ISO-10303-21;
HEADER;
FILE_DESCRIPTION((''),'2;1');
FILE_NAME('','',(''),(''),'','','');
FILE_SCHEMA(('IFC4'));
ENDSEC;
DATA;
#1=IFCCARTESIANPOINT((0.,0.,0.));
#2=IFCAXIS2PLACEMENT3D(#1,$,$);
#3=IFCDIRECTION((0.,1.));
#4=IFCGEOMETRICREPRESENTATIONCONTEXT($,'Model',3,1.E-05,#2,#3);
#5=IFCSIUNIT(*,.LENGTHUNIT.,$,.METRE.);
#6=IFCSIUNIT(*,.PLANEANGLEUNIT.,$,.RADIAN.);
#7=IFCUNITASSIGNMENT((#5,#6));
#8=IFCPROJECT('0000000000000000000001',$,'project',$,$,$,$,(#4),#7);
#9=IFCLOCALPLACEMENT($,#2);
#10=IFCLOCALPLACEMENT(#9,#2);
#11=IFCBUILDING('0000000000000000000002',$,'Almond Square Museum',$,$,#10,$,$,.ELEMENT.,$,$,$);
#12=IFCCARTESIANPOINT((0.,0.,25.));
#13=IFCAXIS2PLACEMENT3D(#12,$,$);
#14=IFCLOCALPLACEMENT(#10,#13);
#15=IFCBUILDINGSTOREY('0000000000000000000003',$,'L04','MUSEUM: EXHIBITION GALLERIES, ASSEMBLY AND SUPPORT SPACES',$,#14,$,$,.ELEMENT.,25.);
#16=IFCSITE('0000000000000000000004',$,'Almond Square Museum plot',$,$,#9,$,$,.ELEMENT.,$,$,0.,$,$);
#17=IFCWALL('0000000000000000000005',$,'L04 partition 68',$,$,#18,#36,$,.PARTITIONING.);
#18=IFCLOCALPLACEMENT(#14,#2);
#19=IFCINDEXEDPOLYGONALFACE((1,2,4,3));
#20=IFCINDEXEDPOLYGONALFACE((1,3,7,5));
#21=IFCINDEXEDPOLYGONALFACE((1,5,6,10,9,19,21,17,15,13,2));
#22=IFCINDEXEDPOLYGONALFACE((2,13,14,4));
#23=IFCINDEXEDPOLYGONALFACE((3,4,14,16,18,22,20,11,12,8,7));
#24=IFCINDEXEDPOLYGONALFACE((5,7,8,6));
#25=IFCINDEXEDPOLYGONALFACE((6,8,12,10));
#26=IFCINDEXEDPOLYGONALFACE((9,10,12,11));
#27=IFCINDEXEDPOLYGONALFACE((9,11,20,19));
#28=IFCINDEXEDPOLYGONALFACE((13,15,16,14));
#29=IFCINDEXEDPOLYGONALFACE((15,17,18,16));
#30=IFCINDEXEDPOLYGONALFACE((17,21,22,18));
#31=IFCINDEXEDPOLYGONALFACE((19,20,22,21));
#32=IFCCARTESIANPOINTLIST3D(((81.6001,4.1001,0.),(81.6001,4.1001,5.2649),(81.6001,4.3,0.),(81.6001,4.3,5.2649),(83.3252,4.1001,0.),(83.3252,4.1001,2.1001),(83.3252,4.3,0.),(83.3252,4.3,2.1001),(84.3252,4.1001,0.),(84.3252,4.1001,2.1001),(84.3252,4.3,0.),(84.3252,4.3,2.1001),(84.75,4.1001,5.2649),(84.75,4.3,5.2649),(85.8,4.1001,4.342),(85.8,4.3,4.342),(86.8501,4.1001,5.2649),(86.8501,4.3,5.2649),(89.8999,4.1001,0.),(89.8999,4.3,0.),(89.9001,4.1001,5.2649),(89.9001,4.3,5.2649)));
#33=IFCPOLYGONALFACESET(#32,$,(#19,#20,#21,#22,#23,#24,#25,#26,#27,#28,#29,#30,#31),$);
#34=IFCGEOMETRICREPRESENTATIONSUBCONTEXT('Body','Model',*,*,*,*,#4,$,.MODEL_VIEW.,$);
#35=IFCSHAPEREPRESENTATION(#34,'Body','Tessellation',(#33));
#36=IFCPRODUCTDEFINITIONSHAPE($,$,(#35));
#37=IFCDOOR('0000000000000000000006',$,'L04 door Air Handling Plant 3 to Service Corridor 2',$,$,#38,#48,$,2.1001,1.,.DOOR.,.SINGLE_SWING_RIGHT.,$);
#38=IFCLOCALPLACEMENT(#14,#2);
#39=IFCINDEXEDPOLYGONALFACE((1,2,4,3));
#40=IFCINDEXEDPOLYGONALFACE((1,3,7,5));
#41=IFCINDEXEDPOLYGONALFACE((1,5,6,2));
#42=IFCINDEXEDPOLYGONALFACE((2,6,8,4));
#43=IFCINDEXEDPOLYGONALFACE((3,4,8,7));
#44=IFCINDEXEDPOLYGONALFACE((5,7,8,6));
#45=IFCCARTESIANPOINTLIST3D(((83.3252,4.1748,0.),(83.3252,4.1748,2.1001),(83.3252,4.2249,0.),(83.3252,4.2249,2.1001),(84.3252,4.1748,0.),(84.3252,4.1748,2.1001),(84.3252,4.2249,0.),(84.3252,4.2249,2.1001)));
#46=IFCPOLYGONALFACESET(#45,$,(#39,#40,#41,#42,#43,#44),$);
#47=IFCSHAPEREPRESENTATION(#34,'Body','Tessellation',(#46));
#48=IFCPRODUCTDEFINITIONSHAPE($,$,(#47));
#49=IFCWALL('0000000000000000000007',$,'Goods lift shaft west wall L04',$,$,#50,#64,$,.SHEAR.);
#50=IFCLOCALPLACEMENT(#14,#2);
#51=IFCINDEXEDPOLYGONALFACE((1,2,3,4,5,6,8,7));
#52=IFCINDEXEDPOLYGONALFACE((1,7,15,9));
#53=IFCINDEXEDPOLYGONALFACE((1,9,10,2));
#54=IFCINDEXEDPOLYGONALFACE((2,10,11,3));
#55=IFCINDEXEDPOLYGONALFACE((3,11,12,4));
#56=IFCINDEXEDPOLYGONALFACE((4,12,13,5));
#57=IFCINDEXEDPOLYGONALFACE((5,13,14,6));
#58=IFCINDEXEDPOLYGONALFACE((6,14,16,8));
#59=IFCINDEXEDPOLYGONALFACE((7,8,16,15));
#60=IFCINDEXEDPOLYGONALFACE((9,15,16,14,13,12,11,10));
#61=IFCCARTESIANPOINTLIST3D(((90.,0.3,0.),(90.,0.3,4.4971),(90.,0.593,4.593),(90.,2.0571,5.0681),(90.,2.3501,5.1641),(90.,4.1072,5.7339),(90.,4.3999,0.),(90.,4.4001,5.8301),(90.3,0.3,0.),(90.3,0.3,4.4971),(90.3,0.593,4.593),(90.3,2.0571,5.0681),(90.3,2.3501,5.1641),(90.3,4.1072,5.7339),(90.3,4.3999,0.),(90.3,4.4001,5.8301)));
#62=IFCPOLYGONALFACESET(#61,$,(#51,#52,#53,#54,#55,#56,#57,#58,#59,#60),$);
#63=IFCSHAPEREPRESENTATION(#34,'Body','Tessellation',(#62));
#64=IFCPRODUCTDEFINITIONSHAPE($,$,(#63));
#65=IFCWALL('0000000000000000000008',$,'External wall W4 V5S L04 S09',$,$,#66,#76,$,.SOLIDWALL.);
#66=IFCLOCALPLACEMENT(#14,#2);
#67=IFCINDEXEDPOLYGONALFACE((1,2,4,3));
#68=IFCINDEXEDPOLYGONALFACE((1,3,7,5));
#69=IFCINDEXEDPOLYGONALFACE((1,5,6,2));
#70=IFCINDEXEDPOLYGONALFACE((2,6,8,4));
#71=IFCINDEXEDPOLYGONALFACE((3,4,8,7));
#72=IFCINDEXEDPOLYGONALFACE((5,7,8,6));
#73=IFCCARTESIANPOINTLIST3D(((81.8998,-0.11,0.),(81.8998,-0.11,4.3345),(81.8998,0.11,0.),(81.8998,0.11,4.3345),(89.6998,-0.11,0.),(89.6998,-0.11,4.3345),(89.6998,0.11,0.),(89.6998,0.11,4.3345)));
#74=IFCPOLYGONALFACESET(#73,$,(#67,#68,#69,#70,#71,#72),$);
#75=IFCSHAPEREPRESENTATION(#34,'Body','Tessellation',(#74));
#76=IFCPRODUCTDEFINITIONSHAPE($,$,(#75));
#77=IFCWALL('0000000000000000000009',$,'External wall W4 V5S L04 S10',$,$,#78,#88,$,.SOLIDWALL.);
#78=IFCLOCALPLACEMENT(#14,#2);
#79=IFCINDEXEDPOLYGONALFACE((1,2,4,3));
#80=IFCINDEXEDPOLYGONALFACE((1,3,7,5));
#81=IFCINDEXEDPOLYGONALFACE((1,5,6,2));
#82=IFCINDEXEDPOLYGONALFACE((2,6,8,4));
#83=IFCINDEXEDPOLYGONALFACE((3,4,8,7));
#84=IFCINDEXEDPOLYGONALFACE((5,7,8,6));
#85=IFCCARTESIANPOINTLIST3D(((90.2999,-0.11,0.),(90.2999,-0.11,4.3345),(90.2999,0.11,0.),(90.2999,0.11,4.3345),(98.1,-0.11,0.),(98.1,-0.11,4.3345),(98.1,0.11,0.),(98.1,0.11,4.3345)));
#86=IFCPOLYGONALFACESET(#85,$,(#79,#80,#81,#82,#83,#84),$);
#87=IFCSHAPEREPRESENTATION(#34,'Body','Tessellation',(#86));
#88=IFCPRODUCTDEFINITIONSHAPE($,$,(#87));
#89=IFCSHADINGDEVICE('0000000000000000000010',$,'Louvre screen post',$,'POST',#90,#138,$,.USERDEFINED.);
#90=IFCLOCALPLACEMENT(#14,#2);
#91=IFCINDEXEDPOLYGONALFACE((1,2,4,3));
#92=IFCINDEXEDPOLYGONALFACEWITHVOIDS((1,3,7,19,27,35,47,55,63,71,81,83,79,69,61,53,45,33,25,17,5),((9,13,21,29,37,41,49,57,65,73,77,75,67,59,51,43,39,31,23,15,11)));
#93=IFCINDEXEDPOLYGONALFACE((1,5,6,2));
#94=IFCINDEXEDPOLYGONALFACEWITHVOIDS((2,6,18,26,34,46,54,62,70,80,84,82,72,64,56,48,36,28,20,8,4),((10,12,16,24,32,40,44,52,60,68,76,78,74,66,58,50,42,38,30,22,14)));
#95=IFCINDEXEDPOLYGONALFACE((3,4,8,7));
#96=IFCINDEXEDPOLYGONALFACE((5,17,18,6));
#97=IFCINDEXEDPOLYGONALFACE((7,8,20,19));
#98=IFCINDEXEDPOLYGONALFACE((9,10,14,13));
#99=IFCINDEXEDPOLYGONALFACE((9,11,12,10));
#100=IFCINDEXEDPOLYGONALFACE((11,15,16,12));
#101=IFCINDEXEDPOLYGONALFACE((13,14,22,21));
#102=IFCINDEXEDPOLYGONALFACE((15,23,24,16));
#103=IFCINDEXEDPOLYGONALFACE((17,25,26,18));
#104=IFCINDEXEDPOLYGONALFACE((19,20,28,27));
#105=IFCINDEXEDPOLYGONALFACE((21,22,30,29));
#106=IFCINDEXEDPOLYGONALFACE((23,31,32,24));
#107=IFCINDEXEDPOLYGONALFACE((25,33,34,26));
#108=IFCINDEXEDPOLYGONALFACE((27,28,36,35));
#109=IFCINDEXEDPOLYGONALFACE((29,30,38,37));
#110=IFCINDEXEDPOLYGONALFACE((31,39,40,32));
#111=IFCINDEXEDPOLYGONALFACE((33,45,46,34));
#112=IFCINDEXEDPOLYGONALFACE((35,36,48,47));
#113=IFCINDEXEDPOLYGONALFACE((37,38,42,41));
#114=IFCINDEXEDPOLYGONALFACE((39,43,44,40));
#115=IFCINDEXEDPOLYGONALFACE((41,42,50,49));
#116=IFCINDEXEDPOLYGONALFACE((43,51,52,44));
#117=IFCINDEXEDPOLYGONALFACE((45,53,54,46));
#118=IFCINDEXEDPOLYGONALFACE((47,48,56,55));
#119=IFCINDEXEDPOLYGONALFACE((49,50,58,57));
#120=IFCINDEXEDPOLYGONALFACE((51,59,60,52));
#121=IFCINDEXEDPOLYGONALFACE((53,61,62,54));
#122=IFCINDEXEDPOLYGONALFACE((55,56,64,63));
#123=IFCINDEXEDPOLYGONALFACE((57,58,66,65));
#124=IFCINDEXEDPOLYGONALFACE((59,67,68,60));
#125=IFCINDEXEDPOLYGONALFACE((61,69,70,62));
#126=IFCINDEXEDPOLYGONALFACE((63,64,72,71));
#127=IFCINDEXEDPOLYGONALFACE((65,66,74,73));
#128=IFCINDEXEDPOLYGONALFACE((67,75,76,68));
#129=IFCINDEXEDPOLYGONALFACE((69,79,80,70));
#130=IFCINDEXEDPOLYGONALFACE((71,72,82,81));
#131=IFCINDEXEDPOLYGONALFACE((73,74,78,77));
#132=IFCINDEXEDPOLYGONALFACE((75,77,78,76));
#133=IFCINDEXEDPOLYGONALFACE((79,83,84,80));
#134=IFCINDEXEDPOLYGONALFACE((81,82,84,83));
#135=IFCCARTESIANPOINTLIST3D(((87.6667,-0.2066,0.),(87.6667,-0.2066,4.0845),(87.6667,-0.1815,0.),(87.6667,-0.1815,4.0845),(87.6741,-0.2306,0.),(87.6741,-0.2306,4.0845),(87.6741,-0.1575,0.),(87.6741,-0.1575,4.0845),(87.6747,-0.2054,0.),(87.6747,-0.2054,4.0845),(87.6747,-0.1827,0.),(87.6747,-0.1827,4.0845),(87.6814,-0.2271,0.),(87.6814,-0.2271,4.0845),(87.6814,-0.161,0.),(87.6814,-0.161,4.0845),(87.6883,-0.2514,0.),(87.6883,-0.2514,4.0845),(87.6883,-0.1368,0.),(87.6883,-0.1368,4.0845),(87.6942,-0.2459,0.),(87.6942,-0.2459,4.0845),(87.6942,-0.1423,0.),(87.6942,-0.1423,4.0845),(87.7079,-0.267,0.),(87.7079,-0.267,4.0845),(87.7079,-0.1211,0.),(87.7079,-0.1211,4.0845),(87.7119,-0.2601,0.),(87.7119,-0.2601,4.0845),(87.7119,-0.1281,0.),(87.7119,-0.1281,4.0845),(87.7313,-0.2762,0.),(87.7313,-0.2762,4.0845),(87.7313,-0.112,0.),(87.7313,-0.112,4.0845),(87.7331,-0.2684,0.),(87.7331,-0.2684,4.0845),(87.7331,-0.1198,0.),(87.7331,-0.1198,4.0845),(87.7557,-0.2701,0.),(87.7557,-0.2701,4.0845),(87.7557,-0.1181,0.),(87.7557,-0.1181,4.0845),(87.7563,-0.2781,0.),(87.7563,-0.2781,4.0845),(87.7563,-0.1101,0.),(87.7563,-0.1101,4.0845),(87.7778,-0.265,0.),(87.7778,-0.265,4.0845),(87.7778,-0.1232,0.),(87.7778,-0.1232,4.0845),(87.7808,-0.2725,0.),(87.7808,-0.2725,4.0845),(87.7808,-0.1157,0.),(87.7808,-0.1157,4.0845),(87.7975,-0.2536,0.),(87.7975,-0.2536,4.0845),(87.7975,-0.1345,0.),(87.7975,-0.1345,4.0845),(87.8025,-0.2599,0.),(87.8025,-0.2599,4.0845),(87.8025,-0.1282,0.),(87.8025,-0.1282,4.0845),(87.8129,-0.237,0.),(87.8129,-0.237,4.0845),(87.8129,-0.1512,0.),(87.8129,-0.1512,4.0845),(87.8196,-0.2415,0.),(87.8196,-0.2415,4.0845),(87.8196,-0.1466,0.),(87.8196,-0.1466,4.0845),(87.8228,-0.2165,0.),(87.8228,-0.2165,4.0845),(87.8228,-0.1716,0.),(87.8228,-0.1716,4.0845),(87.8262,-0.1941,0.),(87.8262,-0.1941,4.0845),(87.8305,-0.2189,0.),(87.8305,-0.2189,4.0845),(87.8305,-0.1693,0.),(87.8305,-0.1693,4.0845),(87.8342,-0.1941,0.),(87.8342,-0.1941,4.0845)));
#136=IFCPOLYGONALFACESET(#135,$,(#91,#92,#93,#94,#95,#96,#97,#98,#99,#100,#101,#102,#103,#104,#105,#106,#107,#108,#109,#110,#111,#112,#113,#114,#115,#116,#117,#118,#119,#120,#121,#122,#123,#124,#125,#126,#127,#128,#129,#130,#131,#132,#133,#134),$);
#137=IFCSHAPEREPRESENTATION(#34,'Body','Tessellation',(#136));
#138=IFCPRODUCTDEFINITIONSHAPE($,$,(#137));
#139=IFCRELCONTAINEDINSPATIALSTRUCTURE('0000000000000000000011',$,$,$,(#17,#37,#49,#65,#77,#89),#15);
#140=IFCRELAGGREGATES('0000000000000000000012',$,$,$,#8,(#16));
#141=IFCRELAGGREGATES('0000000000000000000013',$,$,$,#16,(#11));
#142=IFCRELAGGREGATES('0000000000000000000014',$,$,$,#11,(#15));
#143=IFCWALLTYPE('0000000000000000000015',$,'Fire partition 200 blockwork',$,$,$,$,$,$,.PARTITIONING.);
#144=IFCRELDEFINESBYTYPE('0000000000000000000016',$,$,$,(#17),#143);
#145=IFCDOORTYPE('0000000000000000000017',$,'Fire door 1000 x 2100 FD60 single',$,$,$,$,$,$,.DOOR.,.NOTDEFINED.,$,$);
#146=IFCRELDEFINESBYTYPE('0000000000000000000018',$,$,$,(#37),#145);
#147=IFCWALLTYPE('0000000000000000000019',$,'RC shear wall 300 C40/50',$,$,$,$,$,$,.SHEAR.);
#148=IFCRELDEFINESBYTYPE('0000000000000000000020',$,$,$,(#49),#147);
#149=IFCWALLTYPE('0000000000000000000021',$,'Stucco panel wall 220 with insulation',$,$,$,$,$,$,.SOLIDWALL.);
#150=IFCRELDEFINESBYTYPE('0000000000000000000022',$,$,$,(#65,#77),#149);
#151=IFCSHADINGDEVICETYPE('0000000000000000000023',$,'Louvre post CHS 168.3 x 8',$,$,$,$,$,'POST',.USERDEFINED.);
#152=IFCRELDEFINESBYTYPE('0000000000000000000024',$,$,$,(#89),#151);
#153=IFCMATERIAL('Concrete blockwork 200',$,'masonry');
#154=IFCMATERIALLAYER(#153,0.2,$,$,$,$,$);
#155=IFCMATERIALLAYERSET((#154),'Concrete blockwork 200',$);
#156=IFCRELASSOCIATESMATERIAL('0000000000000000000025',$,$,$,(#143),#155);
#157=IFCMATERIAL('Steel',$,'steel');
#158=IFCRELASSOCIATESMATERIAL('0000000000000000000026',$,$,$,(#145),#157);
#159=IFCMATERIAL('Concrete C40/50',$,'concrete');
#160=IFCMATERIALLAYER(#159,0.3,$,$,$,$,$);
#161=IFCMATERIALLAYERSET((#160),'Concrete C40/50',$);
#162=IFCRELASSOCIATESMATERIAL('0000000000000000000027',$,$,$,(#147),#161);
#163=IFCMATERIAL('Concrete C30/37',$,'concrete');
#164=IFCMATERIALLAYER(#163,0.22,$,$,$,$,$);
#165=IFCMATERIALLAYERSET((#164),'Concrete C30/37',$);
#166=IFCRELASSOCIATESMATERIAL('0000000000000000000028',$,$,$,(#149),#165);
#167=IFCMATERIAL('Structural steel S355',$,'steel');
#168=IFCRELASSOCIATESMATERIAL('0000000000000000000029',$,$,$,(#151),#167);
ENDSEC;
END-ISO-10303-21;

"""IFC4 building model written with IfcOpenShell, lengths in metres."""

from ifc_helpers import new_model, si_unit, direction, frame, frame_2d, origin, origin_2d, place, context, subcontext, project, spatial, polyline, rectangle, hollow_circle, outline, extrude, material, layer, layer_set, material_profile, profile_set, type_object, element, fill, save


model = new_model("IFC4")

# Units and contexts
model_context = context("Model", 3, precision=1e-05, world=origin(), true_north=direction((0.0, 1.0)))
body_context = subcontext(model_context, "Body", "Model", "MODEL_VIEW")
ifc_project = project(units=[si_unit("LENGTHUNIT", "METRE"), si_unit("PLANEANGLEUNIT", "RADIAN")], contexts=[model_context])

# Site, building, storey
site_placement = place(None, origin())
site = spatial("IfcSite", under=ifc_project, at=site_placement, Name="Almond Square Museum plot", CompositionType="ELEMENT", RefElevation=0.0)
building_placement = place(site_placement, origin())
building = spatial("IfcBuilding", under=site, at=building_placement, Name="Almond Square Museum", CompositionType="ELEMENT")
storey_placement = place(building_placement, frame((0.0, 0.0, 25.0)))
storey = spatial("IfcBuildingStorey", under=building, at=storey_placement, Name="L04", Description="MUSEUM: EXHIBITION GALLERIES, ASSEMBLY AND SUPPORT SPACES", CompositionType="ELEMENT", Elevation=25.0)

# Wall, opening, door
ifc_material_1 = material(Name="Concrete blockwork 200", Category="masonry")
ifc_layer_1 = layer(ifc_material_1, 0.2)
ifc_layer_set_1 = layer_set([ifc_layer_1], Name="Concrete blockwork 200")
wall_type_1 = type_object("IfcWallType", Name="Fire partition 200 blockwork", PredefinedType="PARTITIONING", material=ifc_layer_set_1)
wall_1_placement = place(storey_placement, frame((81.6001, 4.2, 0.0), z_axis=(0.0, 0.0, 1.0), x_axis=(1.0, 0.0, 0.0)))
wall_1 = element("IfcWall", 1, at=wall_1_placement, inside=storey, type_object=wall_type_1, Name="L04 partition 68", PredefinedType="PARTITIONING", context=body_context, shape_type="SweptSolid", body=[
    extrude(outline(polyline([(0.0, 0.0), (8.2998, 0.0), (8.3, 5.2649), (5.25, 5.2649), (4.2, 4.342), (3.1499, 5.2649), (0.0, 5.2649), (0.0, 0.0)])), frame((0.0, 0.1001, 0.0), z_axis=(0.0, -1.0, 0.0), x_axis=(1.0, 0.0, 0.0)), (0.0, 0.0, 1.0), 0.2),
])
opening_1_placement = place(wall_1_placement, frame((1.7251, 0.0, 0.0)))
opening_1 = element("IfcOpeningElement", 2, at=opening_1_placement, cuts=wall_1, PredefinedType="OPENING", context=body_context, shape_type="SweptSolid", body=[
    extrude(rectangle(XDim=1.0, YDim=2.1001, at=frame_2d((0.5, 1.05))), frame((0.0, 0.1099, 0.0), z_axis=(0.0, -1.0, 0.0), x_axis=(1.0, 0.0, 0.0)), (0.0, 0.0, 1.0), 0.22),
])
ifc_material_2 = material(Name="Steel", Category="steel")
door_type_1 = type_object("IfcDoorType", Name="Fire door 1000 x 2100 FD60 single", OperationType="NOTDEFINED", PredefinedType="DOOR", material=ifc_material_2)
door_1_placement = place(opening_1_placement, origin())
door_1 = element("IfcDoor", 3, at=door_1_placement, inside=storey, type_object=door_type_1, Name="L04 door Air Handling Plant 3 to Service Corridor 2", OperationType="SINGLE_SWING_RIGHT", OverallHeight=2.1001, OverallWidth=1.0, PredefinedType="DOOR", context=body_context, shape_type="SweptSolid", body=[
    extrude(rectangle(XDim=1.0, YDim=2.1001, at=frame_2d((0.5, 1.05))), frame((0.0, 0.0249, 0.0), z_axis=(0.0, -1.0, 0.0), x_axis=(1.0, 0.0, 0.0)), (0.0, 0.0, 1.0), 0.05),
])
fill(opening_1, door_1)

# Wall
ifc_material_3 = material(Name="Concrete C40/50", Category="concrete")
ifc_layer_2 = layer(ifc_material_3, 0.3)
ifc_layer_set_2 = layer_set([ifc_layer_2], Name="Concrete C40/50")
wall_type_2 = type_object("IfcWallType", Name="RC shear wall 300 C40/50", PredefinedType="SHEAR", material=ifc_layer_set_2)
wall_2_placement = place(storey_placement, frame((90.1499, 0.3, 0.0), z_axis=(0.0, 0.0, 1.0), x_axis=(0.0, 1.0, 0.0)))
element("IfcWall", 4, at=wall_2_placement, inside=storey, type_object=wall_type_2, Name="Goods lift shaft west wall L04", PredefinedType="SHEAR", context=body_context, shape_type="SweptSolid", body=[
    extrude(outline(polyline([(0.0, 0.0), (4.0999, 0.0), (4.1001, 5.8301), (3.8071, 5.7339), (2.05, 5.1641), (1.7571, 5.0681), (0.293, 4.593), (0.0, 4.4971), (0.0, 0.0)])), frame((0.0, 0.1499, 0.0), z_axis=(0.0, -1.0, 0.0), x_axis=(1.0, 0.0, 0.0)), (0.0, 0.0, 1.0), 0.3),
])

# Walls
ifc_material_4 = material(Name="Concrete C30/37", Category="concrete")
ifc_layer_3 = layer(ifc_material_4, 0.22)
ifc_layer_set_3 = layer_set([ifc_layer_3], Name="Concrete C30/37")
wall_type_3 = type_object("IfcWallType", Name="Stucco panel wall 220 with insulation", PredefinedType="SOLIDWALL", material=ifc_layer_set_3)
for number, where, z_axis, x_axis, name in (
    (5, (81.8999, 0.0, 0.0), (0.0, 0.0, 1.0), (1.0, 0.0, 0.0), "External wall W4 V5S L04 S09"),
    (6, (90.3, 0.0, 0.0), (0.0, 0.0, 1.0), (1.0, 0.0, 0.0), "External wall W4 V5S L04 S10"),
):
    element("IfcWall", number, at=place(storey_placement, frame(where, z_axis=z_axis, x_axis=x_axis)), inside=storey, type_object=wall_type_3, Name=name, PredefinedType="SOLIDWALL", context=body_context, shape_type="SweptSolid", body=[
        extrude(rectangle(XDim=7.8, YDim=0.22, at=frame_2d((3.8999, 0.0))), origin(), (0.0, 0.0, 1.0), 4.3345),
    ])

# Shading device
ifc_material_5 = material(Name="Structural steel S355", Category="steel")
ifc_material_profile_1 = material_profile(ifc_material_5, hollow_circle(Radius=0.0842, WallThickness=0.0081, at=origin_2d()))
ifc_profile_set_1 = profile_set([ifc_material_profile_1], Name="Structural steel S355")
shading_device_type = type_object("IfcShadingDeviceType", Name="Louvre post CHS 168.3 x 8", ElementType="POST", PredefinedType="USERDEFINED", material=ifc_profile_set_1)
shading_device_placement = place(storey_placement, frame((87.75, -0.1941, 0.0), z_axis=(0.0, 0.0, 1.0), x_axis=(1.0, 0.0, 0.0)))
element("IfcShadingDevice", 7, at=shading_device_placement, inside=storey, type_object=shading_device_type, Name="Louvre screen post", ObjectType="POST", PredefinedType="USERDEFINED", context=body_context, shape_type="SweptSolid", body=[
    extrude(hollow_circle(Radius=0.0842, WallThickness=0.0081, at=origin_2d()), origin(), (0.0, 0.0, 1.0), 4.0845),
])

save(model, "model.ifc")
